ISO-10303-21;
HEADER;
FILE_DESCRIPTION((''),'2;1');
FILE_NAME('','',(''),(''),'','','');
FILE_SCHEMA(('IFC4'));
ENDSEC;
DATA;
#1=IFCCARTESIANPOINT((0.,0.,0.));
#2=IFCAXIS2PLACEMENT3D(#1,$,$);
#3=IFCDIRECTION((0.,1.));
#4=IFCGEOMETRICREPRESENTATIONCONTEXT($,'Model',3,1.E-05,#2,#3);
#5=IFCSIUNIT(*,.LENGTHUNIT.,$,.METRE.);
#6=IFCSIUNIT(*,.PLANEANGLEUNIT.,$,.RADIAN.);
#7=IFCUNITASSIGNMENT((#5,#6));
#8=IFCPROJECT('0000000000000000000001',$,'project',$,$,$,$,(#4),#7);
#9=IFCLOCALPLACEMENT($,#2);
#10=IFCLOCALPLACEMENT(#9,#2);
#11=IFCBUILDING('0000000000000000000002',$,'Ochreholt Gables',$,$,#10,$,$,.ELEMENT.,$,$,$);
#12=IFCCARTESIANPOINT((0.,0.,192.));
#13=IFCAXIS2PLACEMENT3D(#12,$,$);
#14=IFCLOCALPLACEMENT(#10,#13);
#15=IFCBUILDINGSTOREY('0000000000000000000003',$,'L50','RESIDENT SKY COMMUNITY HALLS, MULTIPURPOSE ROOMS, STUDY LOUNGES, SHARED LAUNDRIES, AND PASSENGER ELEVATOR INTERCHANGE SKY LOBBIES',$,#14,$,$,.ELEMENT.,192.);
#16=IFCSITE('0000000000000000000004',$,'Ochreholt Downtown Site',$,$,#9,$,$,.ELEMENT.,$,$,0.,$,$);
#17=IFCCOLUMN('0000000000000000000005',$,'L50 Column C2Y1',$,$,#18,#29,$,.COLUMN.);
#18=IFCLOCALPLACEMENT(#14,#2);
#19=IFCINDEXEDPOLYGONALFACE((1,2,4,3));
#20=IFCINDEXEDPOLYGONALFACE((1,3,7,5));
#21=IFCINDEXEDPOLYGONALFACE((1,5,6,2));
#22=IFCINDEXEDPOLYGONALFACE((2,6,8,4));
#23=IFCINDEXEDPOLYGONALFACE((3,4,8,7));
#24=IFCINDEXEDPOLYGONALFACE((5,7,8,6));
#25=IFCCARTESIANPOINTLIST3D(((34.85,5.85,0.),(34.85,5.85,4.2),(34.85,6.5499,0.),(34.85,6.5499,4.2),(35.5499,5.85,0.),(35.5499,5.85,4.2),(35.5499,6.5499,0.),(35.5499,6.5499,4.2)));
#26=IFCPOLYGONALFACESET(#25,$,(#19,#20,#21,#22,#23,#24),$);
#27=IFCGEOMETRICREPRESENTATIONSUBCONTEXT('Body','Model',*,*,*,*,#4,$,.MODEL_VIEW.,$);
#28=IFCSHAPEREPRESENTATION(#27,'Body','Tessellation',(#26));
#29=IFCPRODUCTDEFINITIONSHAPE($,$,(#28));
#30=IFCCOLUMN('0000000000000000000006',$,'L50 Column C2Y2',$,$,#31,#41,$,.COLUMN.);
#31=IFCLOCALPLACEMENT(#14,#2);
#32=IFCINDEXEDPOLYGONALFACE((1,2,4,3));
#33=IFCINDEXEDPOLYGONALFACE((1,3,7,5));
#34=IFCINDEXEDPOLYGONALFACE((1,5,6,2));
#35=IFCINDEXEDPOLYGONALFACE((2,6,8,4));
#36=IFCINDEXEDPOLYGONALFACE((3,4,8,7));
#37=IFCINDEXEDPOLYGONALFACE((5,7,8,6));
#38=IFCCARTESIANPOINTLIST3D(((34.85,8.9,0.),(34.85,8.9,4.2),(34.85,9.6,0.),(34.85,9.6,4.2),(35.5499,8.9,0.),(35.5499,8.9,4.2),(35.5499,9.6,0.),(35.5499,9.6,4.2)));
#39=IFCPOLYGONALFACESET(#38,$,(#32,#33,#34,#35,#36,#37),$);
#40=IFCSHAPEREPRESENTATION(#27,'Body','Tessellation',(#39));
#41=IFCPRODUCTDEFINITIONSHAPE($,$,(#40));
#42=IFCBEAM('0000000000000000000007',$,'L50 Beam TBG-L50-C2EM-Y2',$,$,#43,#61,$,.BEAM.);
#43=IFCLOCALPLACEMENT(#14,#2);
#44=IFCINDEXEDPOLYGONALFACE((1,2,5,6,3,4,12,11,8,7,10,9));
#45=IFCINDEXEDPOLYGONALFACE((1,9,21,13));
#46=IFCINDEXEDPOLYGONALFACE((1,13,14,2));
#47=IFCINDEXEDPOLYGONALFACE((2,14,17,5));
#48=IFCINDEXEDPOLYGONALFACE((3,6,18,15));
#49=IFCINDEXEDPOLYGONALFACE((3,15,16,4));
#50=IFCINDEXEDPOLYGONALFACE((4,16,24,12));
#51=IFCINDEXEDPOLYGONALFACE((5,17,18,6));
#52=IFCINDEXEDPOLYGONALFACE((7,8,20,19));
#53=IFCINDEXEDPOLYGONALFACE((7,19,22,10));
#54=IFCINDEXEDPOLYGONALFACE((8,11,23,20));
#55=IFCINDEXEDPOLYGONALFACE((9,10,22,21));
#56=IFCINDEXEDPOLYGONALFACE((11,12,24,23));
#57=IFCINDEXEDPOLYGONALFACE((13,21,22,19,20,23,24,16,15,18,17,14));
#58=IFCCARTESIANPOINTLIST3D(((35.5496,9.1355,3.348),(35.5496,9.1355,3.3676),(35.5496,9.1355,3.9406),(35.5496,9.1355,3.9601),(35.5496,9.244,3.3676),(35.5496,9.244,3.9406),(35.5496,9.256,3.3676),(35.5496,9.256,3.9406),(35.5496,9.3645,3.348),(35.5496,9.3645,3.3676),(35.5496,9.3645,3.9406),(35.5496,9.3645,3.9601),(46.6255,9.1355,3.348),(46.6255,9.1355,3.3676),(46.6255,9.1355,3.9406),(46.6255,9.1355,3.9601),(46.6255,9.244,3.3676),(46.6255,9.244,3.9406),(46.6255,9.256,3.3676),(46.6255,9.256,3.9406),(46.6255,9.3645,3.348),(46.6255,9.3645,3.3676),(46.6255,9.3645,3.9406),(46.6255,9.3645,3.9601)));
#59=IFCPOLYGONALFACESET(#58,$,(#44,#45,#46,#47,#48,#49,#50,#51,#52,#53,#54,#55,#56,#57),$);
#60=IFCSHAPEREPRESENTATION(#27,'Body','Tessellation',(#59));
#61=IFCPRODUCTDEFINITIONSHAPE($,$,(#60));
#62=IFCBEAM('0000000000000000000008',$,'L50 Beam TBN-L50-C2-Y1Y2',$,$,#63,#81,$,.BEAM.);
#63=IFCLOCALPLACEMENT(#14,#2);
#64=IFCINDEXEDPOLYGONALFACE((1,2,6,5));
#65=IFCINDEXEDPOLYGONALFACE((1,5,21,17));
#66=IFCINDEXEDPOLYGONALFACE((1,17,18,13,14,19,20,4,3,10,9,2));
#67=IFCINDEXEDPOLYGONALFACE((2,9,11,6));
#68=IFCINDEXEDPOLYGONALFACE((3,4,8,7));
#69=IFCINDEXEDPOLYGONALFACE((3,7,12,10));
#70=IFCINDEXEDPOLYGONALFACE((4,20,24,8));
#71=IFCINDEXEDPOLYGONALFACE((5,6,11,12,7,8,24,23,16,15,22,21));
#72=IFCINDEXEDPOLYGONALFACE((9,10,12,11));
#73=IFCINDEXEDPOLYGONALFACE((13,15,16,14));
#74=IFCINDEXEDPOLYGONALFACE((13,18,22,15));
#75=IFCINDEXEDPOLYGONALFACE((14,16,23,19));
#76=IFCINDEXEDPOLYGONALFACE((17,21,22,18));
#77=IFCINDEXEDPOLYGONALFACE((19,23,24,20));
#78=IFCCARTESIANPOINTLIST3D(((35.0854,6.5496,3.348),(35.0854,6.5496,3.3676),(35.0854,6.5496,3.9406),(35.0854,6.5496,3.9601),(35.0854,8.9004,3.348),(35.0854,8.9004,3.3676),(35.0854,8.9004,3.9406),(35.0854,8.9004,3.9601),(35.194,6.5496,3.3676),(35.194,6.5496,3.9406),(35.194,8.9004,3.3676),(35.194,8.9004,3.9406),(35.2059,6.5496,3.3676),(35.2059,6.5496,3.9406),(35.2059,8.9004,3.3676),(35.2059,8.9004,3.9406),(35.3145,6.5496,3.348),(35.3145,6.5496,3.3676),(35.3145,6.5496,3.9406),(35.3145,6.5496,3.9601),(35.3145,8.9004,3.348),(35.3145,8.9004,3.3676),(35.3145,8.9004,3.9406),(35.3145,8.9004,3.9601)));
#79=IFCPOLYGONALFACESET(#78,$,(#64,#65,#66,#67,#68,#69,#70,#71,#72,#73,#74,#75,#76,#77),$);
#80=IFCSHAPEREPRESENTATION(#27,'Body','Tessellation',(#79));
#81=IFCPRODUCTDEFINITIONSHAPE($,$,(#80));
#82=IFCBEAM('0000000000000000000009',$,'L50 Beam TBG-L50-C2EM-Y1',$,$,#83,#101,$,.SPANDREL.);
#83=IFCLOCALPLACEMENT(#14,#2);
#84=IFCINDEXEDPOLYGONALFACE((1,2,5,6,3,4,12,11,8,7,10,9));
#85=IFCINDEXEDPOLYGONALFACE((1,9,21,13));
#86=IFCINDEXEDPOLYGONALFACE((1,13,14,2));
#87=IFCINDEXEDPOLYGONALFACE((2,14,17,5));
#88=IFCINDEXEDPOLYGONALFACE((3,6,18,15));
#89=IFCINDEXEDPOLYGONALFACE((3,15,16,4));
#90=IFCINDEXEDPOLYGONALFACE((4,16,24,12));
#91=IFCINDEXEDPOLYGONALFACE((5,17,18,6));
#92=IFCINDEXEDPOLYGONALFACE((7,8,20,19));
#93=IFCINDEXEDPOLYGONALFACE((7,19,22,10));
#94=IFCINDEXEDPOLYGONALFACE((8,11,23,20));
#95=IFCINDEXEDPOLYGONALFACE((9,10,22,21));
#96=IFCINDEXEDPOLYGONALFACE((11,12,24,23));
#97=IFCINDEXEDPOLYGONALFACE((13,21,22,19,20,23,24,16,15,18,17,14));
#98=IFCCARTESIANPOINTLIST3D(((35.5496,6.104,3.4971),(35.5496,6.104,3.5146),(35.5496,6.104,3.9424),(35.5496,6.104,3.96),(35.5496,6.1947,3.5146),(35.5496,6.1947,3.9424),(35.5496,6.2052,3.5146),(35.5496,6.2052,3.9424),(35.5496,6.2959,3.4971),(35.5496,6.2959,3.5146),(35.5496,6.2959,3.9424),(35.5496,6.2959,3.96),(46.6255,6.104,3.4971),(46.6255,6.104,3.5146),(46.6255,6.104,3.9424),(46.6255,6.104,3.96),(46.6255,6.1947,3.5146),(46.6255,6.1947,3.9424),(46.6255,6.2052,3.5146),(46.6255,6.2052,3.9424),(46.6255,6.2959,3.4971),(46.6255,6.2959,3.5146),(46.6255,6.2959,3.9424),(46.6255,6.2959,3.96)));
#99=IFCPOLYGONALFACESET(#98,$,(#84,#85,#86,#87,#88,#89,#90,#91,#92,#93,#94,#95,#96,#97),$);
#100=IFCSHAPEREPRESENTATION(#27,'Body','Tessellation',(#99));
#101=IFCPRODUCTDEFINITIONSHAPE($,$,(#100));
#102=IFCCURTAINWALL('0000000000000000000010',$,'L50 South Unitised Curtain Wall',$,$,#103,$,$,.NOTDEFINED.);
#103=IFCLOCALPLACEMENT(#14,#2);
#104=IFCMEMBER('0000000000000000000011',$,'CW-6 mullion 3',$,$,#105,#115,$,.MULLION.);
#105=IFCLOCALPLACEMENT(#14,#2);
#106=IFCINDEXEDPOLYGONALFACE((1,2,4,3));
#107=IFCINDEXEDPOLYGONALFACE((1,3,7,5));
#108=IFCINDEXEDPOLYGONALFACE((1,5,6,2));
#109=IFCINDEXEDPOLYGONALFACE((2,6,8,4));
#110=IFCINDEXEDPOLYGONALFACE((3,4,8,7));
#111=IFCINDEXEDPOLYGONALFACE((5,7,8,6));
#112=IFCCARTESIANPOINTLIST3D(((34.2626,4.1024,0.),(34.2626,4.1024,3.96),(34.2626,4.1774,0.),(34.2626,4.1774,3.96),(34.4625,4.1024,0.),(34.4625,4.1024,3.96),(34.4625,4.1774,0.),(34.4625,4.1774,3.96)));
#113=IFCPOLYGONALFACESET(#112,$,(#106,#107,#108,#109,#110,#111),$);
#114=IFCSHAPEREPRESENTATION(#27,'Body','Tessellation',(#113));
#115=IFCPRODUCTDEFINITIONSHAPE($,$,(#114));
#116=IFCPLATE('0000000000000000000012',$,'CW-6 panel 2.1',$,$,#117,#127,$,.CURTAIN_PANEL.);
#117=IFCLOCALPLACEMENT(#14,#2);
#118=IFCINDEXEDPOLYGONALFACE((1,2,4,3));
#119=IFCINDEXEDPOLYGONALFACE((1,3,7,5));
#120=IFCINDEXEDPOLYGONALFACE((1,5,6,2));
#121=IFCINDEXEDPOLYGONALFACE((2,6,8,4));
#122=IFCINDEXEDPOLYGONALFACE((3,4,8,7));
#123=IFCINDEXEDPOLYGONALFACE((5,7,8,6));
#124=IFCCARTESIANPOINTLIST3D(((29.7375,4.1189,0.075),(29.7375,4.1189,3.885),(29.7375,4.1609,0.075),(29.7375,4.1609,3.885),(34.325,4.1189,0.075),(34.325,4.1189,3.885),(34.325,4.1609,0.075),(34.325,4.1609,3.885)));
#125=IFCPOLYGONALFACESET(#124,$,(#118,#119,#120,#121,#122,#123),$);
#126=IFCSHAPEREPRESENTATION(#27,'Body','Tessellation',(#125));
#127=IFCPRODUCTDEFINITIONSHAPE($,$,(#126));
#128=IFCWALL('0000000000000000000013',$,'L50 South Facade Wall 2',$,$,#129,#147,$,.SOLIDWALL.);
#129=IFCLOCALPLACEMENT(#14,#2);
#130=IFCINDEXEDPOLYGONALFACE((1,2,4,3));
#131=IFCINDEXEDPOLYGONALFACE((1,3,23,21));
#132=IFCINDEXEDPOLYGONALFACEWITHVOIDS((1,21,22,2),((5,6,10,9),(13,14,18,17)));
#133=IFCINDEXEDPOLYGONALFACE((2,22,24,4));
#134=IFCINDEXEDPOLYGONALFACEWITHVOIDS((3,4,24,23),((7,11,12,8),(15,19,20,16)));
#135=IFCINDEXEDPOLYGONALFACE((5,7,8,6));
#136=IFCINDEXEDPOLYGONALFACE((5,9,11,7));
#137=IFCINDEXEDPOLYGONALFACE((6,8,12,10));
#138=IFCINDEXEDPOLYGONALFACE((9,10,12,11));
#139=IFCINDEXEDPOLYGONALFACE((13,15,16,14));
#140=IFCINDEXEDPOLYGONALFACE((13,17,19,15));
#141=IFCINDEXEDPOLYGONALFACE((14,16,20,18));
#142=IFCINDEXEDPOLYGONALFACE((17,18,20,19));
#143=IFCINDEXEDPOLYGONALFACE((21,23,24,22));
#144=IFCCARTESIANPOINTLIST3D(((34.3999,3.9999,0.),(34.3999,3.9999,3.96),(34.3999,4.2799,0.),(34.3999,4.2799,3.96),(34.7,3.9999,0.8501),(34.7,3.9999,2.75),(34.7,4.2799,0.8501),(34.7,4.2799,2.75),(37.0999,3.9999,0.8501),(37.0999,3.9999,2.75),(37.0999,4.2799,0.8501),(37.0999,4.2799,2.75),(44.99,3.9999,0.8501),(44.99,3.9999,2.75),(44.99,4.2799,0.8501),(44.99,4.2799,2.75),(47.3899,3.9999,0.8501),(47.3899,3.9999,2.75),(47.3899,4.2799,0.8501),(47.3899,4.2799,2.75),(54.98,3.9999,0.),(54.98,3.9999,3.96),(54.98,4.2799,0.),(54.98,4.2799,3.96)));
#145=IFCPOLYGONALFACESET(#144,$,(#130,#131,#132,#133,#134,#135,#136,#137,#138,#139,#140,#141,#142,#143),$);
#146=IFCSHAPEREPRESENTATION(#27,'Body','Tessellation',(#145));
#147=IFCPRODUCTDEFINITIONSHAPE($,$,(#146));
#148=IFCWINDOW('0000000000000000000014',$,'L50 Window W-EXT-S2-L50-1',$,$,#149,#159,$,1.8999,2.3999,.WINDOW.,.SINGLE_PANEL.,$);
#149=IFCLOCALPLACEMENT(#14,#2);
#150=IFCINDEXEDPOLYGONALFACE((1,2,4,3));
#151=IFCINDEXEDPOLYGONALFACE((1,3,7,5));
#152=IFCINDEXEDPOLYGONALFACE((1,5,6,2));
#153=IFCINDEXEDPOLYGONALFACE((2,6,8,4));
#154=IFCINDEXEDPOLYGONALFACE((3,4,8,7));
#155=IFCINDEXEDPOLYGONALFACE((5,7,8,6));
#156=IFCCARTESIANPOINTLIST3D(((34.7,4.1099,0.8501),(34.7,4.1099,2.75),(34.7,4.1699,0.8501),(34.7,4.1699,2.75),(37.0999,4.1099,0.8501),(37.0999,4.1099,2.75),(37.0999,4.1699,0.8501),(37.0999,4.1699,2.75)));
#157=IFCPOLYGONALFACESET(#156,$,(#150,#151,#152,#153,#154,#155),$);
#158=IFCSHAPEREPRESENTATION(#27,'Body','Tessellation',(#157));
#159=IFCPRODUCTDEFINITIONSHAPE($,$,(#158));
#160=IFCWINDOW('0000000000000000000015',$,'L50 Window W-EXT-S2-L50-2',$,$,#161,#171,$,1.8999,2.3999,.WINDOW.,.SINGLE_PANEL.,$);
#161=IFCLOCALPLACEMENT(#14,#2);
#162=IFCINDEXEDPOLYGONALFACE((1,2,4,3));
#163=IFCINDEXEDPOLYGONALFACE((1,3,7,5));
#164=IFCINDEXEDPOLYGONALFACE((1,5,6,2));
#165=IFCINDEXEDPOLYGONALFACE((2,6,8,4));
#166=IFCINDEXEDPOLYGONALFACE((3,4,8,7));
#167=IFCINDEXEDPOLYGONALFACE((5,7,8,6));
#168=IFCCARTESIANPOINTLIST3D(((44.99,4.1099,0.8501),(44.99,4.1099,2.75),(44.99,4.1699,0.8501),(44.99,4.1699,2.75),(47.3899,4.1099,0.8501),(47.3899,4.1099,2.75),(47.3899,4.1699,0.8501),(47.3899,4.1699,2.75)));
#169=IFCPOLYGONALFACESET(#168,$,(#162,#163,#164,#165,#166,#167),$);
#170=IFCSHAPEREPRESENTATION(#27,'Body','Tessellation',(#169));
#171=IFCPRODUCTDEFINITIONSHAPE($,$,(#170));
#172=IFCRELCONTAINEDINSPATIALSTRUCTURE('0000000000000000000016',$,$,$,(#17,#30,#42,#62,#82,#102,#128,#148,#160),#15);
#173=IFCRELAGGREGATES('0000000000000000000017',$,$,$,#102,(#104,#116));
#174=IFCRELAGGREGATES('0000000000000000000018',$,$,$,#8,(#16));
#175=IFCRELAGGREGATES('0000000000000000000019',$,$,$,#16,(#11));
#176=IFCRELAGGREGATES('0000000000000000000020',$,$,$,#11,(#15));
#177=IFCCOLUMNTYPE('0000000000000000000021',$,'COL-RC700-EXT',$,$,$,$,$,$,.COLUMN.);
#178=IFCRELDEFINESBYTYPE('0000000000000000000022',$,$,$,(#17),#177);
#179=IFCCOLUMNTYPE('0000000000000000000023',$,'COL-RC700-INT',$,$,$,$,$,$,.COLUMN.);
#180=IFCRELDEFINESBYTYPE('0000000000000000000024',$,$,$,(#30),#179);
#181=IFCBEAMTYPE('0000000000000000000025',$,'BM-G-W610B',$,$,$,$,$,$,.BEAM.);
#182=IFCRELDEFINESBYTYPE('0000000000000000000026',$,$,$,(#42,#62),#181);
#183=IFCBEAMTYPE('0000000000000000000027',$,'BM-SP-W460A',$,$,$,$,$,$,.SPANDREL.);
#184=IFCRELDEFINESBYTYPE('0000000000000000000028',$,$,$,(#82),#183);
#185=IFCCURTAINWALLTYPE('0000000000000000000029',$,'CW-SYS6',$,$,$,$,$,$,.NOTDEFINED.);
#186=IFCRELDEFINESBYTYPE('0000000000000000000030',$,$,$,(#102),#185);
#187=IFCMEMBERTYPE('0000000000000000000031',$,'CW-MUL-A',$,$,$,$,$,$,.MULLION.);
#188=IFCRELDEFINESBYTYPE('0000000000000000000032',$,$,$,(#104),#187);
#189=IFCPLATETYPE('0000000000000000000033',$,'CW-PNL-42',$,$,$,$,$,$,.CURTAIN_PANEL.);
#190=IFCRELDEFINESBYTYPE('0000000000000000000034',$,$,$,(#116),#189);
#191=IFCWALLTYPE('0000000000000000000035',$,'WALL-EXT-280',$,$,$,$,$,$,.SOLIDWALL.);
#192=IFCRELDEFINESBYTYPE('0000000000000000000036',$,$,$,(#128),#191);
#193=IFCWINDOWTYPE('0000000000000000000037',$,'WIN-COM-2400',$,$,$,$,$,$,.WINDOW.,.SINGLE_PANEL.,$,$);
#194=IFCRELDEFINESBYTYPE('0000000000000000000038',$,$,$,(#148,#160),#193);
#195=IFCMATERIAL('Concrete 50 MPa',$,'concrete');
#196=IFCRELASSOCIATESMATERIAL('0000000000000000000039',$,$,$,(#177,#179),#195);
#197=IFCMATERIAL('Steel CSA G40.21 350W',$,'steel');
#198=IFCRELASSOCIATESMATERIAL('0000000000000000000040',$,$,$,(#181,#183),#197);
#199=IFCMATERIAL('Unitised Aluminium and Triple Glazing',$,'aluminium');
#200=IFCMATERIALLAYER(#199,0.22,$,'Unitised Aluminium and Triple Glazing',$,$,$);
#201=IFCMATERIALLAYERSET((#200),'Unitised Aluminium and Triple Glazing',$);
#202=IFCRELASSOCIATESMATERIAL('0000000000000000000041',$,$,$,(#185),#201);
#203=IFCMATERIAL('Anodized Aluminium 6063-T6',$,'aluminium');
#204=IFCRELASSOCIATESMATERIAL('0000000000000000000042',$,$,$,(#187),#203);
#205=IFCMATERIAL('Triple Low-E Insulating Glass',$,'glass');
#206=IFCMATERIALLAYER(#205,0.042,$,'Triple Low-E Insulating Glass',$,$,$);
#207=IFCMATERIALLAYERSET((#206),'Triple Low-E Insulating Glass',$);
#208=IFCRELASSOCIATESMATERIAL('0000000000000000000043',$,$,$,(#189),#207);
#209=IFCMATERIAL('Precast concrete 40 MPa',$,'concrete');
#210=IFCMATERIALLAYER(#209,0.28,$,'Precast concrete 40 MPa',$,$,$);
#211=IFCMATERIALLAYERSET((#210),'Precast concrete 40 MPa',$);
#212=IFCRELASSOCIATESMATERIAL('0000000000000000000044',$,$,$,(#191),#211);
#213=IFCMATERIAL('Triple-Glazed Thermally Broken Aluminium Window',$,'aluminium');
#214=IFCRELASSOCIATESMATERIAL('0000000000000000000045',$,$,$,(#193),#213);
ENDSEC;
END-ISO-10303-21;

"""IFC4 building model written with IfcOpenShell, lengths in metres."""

from ifc_helpers import new_model, si_unit, direction, frame, frame_2d, origin, origin_2d, place, context, subcontext, project, spatial, rectangle, i_section, extrude, material, layer, layer_set, material_profile, profile_set, type_object, element, fill, aggregate, save


model = new_model("IFC4")

# Units and contexts
model_context = context("Model", 3, precision=1e-05, world=origin(), true_north=direction((0.0, 1.0)))
body_context = subcontext(model_context, "Body", "Model", "MODEL_VIEW")
ifc_project = project(units=[si_unit("LENGTHUNIT", "METRE"), si_unit("PLANEANGLEUNIT", "RADIAN")], contexts=[model_context])

# Site, building, storey
site_placement = place(None, origin())
site = spatial("IfcSite", under=ifc_project, at=site_placement, Name="Ochreholt Downtown Site", CompositionType="ELEMENT", RefElevation=0.0)
building_placement = place(site_placement, origin())
building = spatial("IfcBuilding", under=site, at=building_placement, Name="Ochreholt Gables", CompositionType="ELEMENT")
storey_placement = place(building_placement, frame((0.0, 0.0, 192.0)))
storey = spatial("IfcBuildingStorey", under=building, at=storey_placement, Name="L50", Description="RESIDENT SKY COMMUNITY HALLS, MULTIPURPOSE ROOMS, STUDY LOUNGES, SHARED LAUNDRIES, AND PASSENGER ELEVATOR INTERCHANGE SKY LOBBIES", CompositionType="ELEMENT", Elevation=192.0)

# Columns
ifc_material_1 = material(Name="Concrete 50 MPa", Category="concrete")
ifc_material_profile_1 = material_profile(ifc_material_1, rectangle(XDim=0.7, YDim=0.7, at=origin_2d()), Name="RC700X700")
ifc_profile_set_1 = profile_set([ifc_material_profile_1], Name="Concrete 50 MPa")
column_type_1 = type_object("IfcColumnType", Name="COL-RC700-EXT", PredefinedType="COLUMN", material=ifc_profile_set_1)
column_1_placement = place(storey_placement, frame((35.2, 6.2, 0.0), z_axis=(0.0, 0.0, 1.0), x_axis=(1.0, 0.0, 0.0)))
element("IfcColumn", 1, at=column_1_placement, inside=storey, type_object=column_type_1, Name="L50 Column C2Y1", PredefinedType="COLUMN", context=body_context, shape_type="SweptSolid", body=[
    extrude(rectangle(XDim=0.7, YDim=0.7, at=origin_2d()), origin(), (0.0, 0.0, 1.0), 4.2),
])
ifc_material_profile_2 = material_profile(ifc_material_1, rectangle(XDim=0.7, YDim=0.7, at=origin_2d()), Name="RC700X700")
ifc_profile_set_2 = profile_set([ifc_material_profile_2], Name="Concrete 50 MPa")
column_type_2 = type_object("IfcColumnType", Name="COL-RC700-INT", PredefinedType="COLUMN", material=ifc_profile_set_2)
column_2_placement = place(storey_placement, frame((35.2, 9.25, 0.0), z_axis=(0.0, 0.0, 1.0), x_axis=(1.0, 0.0, 0.0)))
element("IfcColumn", 2, at=column_2_placement, inside=storey, type_object=column_type_2, Name="L50 Column C2Y2", PredefinedType="COLUMN", context=body_context, shape_type="SweptSolid", body=[
    extrude(rectangle(XDim=0.7, YDim=0.7, at=origin_2d()), origin(), (0.0, 0.0, 1.0), 4.2),
])

# Beams
ifc_material_2 = material(Name="Steel CSA G40.21 350W", Category="steel")
ifc_material_profile_3 = material_profile(ifc_material_2, i_section(OverallWidth=0.229, OverallDepth=0.6121, WebThickness=0.012, FlangeThickness=0.0195, at=origin_2d()), Name="W610X125")
ifc_profile_set_3 = profile_set([ifc_material_profile_3], Name="Steel CSA G40.21 350W")
beam_type_1 = type_object("IfcBeamType", Name="BM-G-W610B", PredefinedType="BEAM", material=ifc_profile_set_3)
beam_1_placement = place(storey_placement, frame((35.5496, 9.25, 3.6541), z_axis=(1.0, 0.0, 0.0), x_axis=(0.0, 1.0, 0.0)))
element("IfcBeam", 3, at=beam_1_placement, inside=storey, type_object=beam_type_1, Name="L50 Beam TBG-L50-C2EM-Y2", PredefinedType="BEAM", context=body_context, shape_type="SweptSolid", body=[
    extrude(i_section(OverallWidth=0.229, OverallDepth=0.6121, WebThickness=0.012, FlangeThickness=0.0195, at=origin_2d()), origin(), (0.0, 0.0, 1.0), 11.0759),
])
beam_2_placement = place(storey_placement, frame((35.2, 6.5496, 3.6541), z_axis=(0.0, 1.0, 0.0), x_axis=(-1.0, 0.0, 0.0)))
element("IfcBeam", 4, at=beam_2_placement, inside=storey, type_object=beam_type_1, Name="L50 Beam TBN-L50-C2-Y1Y2", PredefinedType="BEAM", context=body_context, shape_type="SweptSolid", body=[
    extrude(i_section(OverallWidth=0.229, OverallDepth=0.6121, WebThickness=0.012, FlangeThickness=0.0195, at=origin_2d()), origin(), (0.0, 0.0, 1.0), 2.3508),
])
ifc_material_profile_4 = material_profile(ifc_material_2, i_section(OverallWidth=0.1919, OverallDepth=0.4629, WebThickness=0.0105, FlangeThickness=0.0176, at=origin_2d()), Name="W460X89")
ifc_profile_set_4 = profile_set([ifc_material_profile_4], Name="Steel CSA G40.21 350W")
beam_type_2 = type_object("IfcBeamType", Name="BM-SP-W460A", PredefinedType="SPANDREL", material=ifc_profile_set_4)
beam_3_placement = place(storey_placement, frame((35.5496, 6.2, 3.7285), z_axis=(1.0, 0.0, 0.0), x_axis=(0.0, 1.0, 0.0)))
element("IfcBeam", 5, at=beam_3_placement, inside=storey, type_object=beam_type_2, Name="L50 Beam TBG-L50-C2EM-Y1", PredefinedType="SPANDREL", context=body_context, shape_type="SweptSolid", body=[
    extrude(i_section(OverallWidth=0.1919, OverallDepth=0.4629, WebThickness=0.0105, FlangeThickness=0.0176, at=origin_2d()), origin(), (0.0, 0.0, 1.0), 11.0759),
])

# Curtain wall, member, plate
ifc_material_3 = material(Name="Unitised Aluminium and Triple Glazing", Category="aluminium")
ifc_layer_1 = layer(ifc_material_3, 0.22, Name="Unitised Aluminium and Triple Glazing")
ifc_layer_set_1 = layer_set([ifc_layer_1], Name="Unitised Aluminium and Triple Glazing")
curtain_wall_type = type_object("IfcCurtainWallType", Name="CW-SYS6", PredefinedType="NOTDEFINED", material=ifc_layer_set_1)
curtain_wall_placement = place(storey_placement, origin())
curtain_wall = element("IfcCurtainWall", 6, at=curtain_wall_placement, inside=storey, type_object=curtain_wall_type, Name="L50 South Unitised Curtain Wall", PredefinedType="NOTDEFINED")
ifc_material_4 = material(Name="Anodized Aluminium 6063-T6", Category="aluminium")
ifc_material_profile_5 = material_profile(ifc_material_4, rectangle(XDim=0.075, YDim=0.2, at=origin_2d()), Name="CWM75X200")
ifc_profile_set_5 = profile_set([ifc_material_profile_5], Name="Anodized Aluminium 6063-T6")
member_type = type_object("IfcMemberType", Name="CW-MUL-A", PredefinedType="MULLION", material=ifc_profile_set_5)
member_placement = place(storey_placement, frame((34.3625, 4.1399, 0.0), z_axis=(0.0, 0.0, 1.0), x_axis=(0.0, 1.0, 0.0)))
member = element("IfcMember", 7, at=member_placement, type_object=member_type, Name="CW-6 mullion 3", PredefinedType="MULLION", context=body_context, shape_type="SweptSolid", body=[
    extrude(rectangle(XDim=0.075, YDim=0.2, at=origin_2d()), origin(), (0.0, 0.0, 1.0), 3.96),
])
ifc_material_5 = material(Name="Triple Low-E Insulating Glass", Category="glass")
ifc_layer_2 = layer(ifc_material_5, 0.042, Name="Triple Low-E Insulating Glass")
ifc_layer_set_2 = layer_set([ifc_layer_2], Name="Triple Low-E Insulating Glass")
plate_type = type_object("IfcPlateType", Name="CW-PNL-42", PredefinedType="CURTAIN_PANEL", material=ifc_layer_set_2)
plate_placement = place(storey_placement, frame((32.0312, 4.1399, 0.075), z_axis=(0.0, 0.0, 1.0), x_axis=(1.0, 0.0, 0.0)))
plate = element("IfcPlate", 8, at=plate_placement, type_object=plate_type, Name="CW-6 panel 2.1", PredefinedType="CURTAIN_PANEL", context=body_context, shape_type="SweptSolid", body=[
    extrude(rectangle(XDim=4.5874, YDim=0.042, at=origin_2d()), origin(), (0.0, 0.0, 1.0), 3.8101),
])
aggregate(curtain_wall, [member, plate])

# Wall, openings, windows
ifc_material_6 = material(Name="Precast concrete 40 MPa", Category="concrete")
ifc_layer_3 = layer(ifc_material_6, 0.28, Name="Precast concrete 40 MPa")
ifc_layer_set_3 = layer_set([ifc_layer_3], Name="Precast concrete 40 MPa")
wall_type_1 = type_object("IfcWallType", Name="WALL-EXT-280", PredefinedType="SOLIDWALL", material=ifc_layer_set_3)
wall_1_placement = place(storey_placement, frame((34.3999, 4.1399, 0.0), z_axis=(0.0, 0.0, 1.0), x_axis=(1.0, 0.0, 0.0)))
wall_1 = element("IfcWall", 9, at=wall_1_placement, inside=storey, type_object=wall_type_1, Name="L50 South Facade Wall 2", PredefinedType="SOLIDWALL", context=body_context, shape_type="SweptSolid", body=[
    extrude(rectangle(XDim=20.5801, YDim=0.28, at=frame_2d((10.29, 0.0))), origin(), (0.0, 0.0, 1.0), 3.96),
])
opening_1_placement = place(wall_1_placement, frame((0.3, 0.0, 0.8501)))
opening_1 = element("IfcOpeningElement", 10, at=opening_1_placement, cuts=wall_1, PredefinedType="OPENING", context=body_context, shape_type="SweptSolid", body=[
    extrude(rectangle(XDim=2.3999, YDim=1.8999, at=frame_2d((1.2, 0.95))), frame((0.0, 0.1499, 0.0), z_axis=(0.0, -1.0, 0.0), x_axis=(1.0, 0.0, 0.0)), (0.0, 0.0, 1.0), 0.3),
])
opening_2_placement = place(wall_1_placement, frame((10.5901, 0.0, 0.8501)))
opening_2 = element("IfcOpeningElement", 11, at=opening_2_placement, cuts=wall_1, PredefinedType="OPENING", context=body_context, shape_type="SweptSolid", body=[
    extrude(rectangle(XDim=2.3999, YDim=1.8999, at=frame_2d((1.2, 0.95))), frame((0.0, 0.1499, 0.0), z_axis=(0.0, -1.0, 0.0), x_axis=(1.0, 0.0, 0.0)), (0.0, 0.0, 1.0), 0.3),
])
ifc_material_7 = material(Name="Triple-Glazed Thermally Broken Aluminium Window", Category="aluminium")
window_type = type_object("IfcWindowType", Name="WIN-COM-2400", PartitioningType="SINGLE_PANEL", PredefinedType="WINDOW", material=ifc_material_7)
window_1_placement = place(opening_1_placement, origin())
window_1 = element("IfcWindow", 12, at=window_1_placement, inside=storey, type_object=window_type, Name="L50 Window W-EXT-S2-L50-1", OverallHeight=1.8999, OverallWidth=2.3999, PartitioningType="SINGLE_PANEL", PredefinedType="WINDOW", context=body_context, shape_type="SweptSolid", body=[
    extrude(rectangle(XDim=2.3999, YDim=1.8999, at=frame_2d((1.2, 0.95))), frame((0.0, 0.03, 0.0), z_axis=(0.0, -1.0, 0.0), x_axis=(1.0, 0.0, 0.0)), (0.0, 0.0, 1.0), 0.0601),
])
fill(opening_1, window_1)
window_2_placement = place(opening_2_placement, origin())
window_2 = element("IfcWindow", 13, at=window_2_placement, inside=storey, type_object=window_type, Name="L50 Window W-EXT-S2-L50-2", OverallHeight=1.8999, OverallWidth=2.3999, PartitioningType="SINGLE_PANEL", PredefinedType="WINDOW", context=body_context, shape_type="SweptSolid", body=[
    extrude(rectangle(XDim=2.3999, YDim=1.8999, at=frame_2d((1.2, 0.95))), frame((0.0, 0.03, 0.0), z_axis=(0.0, -1.0, 0.0), x_axis=(1.0, 0.0, 0.0)), (0.0, 0.0, 1.0), 0.0601),
])
fill(opening_2, window_2)

save(model, "model.ifc")
